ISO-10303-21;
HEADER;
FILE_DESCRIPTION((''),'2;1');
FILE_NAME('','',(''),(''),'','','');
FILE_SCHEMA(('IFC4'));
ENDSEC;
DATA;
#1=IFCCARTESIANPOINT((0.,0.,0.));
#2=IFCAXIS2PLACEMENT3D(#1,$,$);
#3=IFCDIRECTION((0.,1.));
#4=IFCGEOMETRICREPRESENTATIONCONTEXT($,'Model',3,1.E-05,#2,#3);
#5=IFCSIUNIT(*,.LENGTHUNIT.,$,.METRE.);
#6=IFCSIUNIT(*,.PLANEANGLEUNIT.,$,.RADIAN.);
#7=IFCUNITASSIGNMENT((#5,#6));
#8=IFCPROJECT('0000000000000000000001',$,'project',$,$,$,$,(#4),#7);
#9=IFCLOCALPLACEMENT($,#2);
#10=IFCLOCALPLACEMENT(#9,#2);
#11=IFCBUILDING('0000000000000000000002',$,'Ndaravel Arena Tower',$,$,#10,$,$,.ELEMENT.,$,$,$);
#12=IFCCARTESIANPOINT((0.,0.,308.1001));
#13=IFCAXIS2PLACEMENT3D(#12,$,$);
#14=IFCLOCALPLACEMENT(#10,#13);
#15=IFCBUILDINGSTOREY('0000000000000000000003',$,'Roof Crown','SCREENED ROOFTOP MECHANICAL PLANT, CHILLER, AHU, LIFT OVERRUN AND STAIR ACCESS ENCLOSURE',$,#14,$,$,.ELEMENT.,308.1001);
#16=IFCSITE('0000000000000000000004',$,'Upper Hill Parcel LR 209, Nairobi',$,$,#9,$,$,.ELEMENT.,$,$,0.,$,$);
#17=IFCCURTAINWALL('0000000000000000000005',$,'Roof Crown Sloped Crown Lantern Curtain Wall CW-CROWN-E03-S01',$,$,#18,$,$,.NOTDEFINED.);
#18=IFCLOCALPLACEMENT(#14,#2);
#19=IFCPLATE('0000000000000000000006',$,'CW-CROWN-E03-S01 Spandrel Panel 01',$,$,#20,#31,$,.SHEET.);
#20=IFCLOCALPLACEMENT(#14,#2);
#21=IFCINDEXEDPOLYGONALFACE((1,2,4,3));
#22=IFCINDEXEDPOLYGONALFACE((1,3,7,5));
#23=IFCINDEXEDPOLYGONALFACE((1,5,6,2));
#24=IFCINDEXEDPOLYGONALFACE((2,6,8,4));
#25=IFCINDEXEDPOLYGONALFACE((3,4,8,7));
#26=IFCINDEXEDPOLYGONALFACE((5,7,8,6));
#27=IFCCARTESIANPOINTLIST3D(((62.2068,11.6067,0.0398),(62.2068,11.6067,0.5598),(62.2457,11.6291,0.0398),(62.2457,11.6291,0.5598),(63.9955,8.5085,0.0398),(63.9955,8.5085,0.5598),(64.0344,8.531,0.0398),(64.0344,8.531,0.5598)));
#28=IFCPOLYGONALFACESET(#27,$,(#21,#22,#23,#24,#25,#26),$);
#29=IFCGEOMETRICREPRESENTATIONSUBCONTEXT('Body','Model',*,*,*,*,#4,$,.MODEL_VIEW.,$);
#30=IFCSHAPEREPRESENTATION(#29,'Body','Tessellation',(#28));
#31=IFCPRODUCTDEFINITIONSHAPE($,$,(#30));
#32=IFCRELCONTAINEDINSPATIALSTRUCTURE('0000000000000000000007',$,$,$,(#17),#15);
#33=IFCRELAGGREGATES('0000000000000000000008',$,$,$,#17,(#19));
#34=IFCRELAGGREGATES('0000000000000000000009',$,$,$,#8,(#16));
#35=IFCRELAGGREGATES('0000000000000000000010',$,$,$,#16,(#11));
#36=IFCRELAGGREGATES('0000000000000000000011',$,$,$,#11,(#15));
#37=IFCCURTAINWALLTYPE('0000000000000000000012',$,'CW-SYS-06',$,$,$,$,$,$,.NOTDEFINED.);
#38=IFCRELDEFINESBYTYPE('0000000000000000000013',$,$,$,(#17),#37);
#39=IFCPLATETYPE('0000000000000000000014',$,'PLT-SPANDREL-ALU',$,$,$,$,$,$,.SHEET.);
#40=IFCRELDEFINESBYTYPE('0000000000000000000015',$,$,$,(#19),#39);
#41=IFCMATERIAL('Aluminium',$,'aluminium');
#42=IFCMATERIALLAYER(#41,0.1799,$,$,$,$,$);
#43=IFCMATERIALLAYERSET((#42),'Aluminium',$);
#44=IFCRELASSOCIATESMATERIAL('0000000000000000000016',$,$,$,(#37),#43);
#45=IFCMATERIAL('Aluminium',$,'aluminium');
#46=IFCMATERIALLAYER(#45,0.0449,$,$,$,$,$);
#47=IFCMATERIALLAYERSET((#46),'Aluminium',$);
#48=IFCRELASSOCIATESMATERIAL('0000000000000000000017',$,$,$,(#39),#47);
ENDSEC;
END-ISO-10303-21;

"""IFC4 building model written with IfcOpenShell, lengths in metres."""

from ifc_helpers import new_model, si_unit, direction, frame, origin, origin_2d, place, context, subcontext, project, spatial, rectangle, extrude, material, layer, layer_set, type_object, element, aggregate, save


model = new_model("IFC4")

# Units and contexts
model_context = context("Model", 3, precision=1e-05, world=origin(), true_north=direction((0.0, 1.0)))
body_context = subcontext(model_context, "Body", "Model", "MODEL_VIEW")
ifc_project = project(units=[si_unit("LENGTHUNIT", "METRE"), si_unit("PLANEANGLEUNIT", "RADIAN")], contexts=[model_context])

# Site, building, storey
site_placement = place(None, origin())
site = spatial("IfcSite", under=ifc_project, at=site_placement, Name="Upper Hill Parcel LR 209, Nairobi", CompositionType="ELEMENT", RefElevation=0.0)
building_placement = place(site_placement, origin())
building = spatial("IfcBuilding", under=site, at=building_placement, Name="Ndaravel Arena Tower", CompositionType="ELEMENT")
storey_placement = place(building_placement, frame((0.0, 0.0, 308.1001)))
storey = spatial("IfcBuildingStorey", under=building, at=storey_placement, Name="Roof Crown", Description="SCREENED ROOFTOP MECHANICAL PLANT, CHILLER, AHU, LIFT OVERRUN AND STAIR ACCESS ENCLOSURE", CompositionType="ELEMENT", Elevation=308.1001)

# Curtain wall
ifc_material_1 = material(Name="Aluminium", Category="aluminium")
ifc_layer_1 = layer(ifc_material_1, 0.1799)
ifc_layer_set_1 = layer_set([ifc_layer_1], Name="Aluminium")
curtain_wall_type = type_object("IfcCurtainWallType", Name="CW-SYS-06", PredefinedType="NOTDEFINED", material=ifc_layer_set_1)
curtain_wall_1_placement = place(storey_placement, origin())
curtain_wall_1 = element("IfcCurtainWall", 1, at=curtain_wall_1_placement, inside=storey, type_object=curtain_wall_type, Name="Roof Crown Sloped Crown Lantern Curtain Wall CW-CROWN-E03-S01", PredefinedType="NOTDEFINED")

# Plate
ifc_material_2 = material(Name="Aluminium", Category="aluminium")
ifc_layer_2 = layer(ifc_material_2, 0.0449)
ifc_layer_set_2 = layer_set([ifc_layer_2], Name="Aluminium")
plate_type_1 = type_object("IfcPlateType", Name="PLT-SPANDREL-ALU", PredefinedType="SHEET", material=ifc_layer_set_2)
plate_1_placement = place(storey_placement, frame((63.1206, 10.0688, 0.0398), z_axis=(0.0, 0.0, 1.0), x_axis=(-0.499985, 0.866034, 0.0)))
plate_1 = element("IfcPlate", 2, at=plate_1_placement, type_object=plate_type_1, Name="CW-CROWN-E03-S01 Spandrel Panel 01", PredefinedType="SHEET", context=body_context, shape_type="SweptSolid", body=[
    extrude(rectangle(XDim=3.5774, YDim=0.0449, at=origin_2d()), origin(), (0.0, 0.0, 1.0), 0.52),
])
aggregate(curtain_wall_1, [plate_1])

save(model, "model.ifc")
